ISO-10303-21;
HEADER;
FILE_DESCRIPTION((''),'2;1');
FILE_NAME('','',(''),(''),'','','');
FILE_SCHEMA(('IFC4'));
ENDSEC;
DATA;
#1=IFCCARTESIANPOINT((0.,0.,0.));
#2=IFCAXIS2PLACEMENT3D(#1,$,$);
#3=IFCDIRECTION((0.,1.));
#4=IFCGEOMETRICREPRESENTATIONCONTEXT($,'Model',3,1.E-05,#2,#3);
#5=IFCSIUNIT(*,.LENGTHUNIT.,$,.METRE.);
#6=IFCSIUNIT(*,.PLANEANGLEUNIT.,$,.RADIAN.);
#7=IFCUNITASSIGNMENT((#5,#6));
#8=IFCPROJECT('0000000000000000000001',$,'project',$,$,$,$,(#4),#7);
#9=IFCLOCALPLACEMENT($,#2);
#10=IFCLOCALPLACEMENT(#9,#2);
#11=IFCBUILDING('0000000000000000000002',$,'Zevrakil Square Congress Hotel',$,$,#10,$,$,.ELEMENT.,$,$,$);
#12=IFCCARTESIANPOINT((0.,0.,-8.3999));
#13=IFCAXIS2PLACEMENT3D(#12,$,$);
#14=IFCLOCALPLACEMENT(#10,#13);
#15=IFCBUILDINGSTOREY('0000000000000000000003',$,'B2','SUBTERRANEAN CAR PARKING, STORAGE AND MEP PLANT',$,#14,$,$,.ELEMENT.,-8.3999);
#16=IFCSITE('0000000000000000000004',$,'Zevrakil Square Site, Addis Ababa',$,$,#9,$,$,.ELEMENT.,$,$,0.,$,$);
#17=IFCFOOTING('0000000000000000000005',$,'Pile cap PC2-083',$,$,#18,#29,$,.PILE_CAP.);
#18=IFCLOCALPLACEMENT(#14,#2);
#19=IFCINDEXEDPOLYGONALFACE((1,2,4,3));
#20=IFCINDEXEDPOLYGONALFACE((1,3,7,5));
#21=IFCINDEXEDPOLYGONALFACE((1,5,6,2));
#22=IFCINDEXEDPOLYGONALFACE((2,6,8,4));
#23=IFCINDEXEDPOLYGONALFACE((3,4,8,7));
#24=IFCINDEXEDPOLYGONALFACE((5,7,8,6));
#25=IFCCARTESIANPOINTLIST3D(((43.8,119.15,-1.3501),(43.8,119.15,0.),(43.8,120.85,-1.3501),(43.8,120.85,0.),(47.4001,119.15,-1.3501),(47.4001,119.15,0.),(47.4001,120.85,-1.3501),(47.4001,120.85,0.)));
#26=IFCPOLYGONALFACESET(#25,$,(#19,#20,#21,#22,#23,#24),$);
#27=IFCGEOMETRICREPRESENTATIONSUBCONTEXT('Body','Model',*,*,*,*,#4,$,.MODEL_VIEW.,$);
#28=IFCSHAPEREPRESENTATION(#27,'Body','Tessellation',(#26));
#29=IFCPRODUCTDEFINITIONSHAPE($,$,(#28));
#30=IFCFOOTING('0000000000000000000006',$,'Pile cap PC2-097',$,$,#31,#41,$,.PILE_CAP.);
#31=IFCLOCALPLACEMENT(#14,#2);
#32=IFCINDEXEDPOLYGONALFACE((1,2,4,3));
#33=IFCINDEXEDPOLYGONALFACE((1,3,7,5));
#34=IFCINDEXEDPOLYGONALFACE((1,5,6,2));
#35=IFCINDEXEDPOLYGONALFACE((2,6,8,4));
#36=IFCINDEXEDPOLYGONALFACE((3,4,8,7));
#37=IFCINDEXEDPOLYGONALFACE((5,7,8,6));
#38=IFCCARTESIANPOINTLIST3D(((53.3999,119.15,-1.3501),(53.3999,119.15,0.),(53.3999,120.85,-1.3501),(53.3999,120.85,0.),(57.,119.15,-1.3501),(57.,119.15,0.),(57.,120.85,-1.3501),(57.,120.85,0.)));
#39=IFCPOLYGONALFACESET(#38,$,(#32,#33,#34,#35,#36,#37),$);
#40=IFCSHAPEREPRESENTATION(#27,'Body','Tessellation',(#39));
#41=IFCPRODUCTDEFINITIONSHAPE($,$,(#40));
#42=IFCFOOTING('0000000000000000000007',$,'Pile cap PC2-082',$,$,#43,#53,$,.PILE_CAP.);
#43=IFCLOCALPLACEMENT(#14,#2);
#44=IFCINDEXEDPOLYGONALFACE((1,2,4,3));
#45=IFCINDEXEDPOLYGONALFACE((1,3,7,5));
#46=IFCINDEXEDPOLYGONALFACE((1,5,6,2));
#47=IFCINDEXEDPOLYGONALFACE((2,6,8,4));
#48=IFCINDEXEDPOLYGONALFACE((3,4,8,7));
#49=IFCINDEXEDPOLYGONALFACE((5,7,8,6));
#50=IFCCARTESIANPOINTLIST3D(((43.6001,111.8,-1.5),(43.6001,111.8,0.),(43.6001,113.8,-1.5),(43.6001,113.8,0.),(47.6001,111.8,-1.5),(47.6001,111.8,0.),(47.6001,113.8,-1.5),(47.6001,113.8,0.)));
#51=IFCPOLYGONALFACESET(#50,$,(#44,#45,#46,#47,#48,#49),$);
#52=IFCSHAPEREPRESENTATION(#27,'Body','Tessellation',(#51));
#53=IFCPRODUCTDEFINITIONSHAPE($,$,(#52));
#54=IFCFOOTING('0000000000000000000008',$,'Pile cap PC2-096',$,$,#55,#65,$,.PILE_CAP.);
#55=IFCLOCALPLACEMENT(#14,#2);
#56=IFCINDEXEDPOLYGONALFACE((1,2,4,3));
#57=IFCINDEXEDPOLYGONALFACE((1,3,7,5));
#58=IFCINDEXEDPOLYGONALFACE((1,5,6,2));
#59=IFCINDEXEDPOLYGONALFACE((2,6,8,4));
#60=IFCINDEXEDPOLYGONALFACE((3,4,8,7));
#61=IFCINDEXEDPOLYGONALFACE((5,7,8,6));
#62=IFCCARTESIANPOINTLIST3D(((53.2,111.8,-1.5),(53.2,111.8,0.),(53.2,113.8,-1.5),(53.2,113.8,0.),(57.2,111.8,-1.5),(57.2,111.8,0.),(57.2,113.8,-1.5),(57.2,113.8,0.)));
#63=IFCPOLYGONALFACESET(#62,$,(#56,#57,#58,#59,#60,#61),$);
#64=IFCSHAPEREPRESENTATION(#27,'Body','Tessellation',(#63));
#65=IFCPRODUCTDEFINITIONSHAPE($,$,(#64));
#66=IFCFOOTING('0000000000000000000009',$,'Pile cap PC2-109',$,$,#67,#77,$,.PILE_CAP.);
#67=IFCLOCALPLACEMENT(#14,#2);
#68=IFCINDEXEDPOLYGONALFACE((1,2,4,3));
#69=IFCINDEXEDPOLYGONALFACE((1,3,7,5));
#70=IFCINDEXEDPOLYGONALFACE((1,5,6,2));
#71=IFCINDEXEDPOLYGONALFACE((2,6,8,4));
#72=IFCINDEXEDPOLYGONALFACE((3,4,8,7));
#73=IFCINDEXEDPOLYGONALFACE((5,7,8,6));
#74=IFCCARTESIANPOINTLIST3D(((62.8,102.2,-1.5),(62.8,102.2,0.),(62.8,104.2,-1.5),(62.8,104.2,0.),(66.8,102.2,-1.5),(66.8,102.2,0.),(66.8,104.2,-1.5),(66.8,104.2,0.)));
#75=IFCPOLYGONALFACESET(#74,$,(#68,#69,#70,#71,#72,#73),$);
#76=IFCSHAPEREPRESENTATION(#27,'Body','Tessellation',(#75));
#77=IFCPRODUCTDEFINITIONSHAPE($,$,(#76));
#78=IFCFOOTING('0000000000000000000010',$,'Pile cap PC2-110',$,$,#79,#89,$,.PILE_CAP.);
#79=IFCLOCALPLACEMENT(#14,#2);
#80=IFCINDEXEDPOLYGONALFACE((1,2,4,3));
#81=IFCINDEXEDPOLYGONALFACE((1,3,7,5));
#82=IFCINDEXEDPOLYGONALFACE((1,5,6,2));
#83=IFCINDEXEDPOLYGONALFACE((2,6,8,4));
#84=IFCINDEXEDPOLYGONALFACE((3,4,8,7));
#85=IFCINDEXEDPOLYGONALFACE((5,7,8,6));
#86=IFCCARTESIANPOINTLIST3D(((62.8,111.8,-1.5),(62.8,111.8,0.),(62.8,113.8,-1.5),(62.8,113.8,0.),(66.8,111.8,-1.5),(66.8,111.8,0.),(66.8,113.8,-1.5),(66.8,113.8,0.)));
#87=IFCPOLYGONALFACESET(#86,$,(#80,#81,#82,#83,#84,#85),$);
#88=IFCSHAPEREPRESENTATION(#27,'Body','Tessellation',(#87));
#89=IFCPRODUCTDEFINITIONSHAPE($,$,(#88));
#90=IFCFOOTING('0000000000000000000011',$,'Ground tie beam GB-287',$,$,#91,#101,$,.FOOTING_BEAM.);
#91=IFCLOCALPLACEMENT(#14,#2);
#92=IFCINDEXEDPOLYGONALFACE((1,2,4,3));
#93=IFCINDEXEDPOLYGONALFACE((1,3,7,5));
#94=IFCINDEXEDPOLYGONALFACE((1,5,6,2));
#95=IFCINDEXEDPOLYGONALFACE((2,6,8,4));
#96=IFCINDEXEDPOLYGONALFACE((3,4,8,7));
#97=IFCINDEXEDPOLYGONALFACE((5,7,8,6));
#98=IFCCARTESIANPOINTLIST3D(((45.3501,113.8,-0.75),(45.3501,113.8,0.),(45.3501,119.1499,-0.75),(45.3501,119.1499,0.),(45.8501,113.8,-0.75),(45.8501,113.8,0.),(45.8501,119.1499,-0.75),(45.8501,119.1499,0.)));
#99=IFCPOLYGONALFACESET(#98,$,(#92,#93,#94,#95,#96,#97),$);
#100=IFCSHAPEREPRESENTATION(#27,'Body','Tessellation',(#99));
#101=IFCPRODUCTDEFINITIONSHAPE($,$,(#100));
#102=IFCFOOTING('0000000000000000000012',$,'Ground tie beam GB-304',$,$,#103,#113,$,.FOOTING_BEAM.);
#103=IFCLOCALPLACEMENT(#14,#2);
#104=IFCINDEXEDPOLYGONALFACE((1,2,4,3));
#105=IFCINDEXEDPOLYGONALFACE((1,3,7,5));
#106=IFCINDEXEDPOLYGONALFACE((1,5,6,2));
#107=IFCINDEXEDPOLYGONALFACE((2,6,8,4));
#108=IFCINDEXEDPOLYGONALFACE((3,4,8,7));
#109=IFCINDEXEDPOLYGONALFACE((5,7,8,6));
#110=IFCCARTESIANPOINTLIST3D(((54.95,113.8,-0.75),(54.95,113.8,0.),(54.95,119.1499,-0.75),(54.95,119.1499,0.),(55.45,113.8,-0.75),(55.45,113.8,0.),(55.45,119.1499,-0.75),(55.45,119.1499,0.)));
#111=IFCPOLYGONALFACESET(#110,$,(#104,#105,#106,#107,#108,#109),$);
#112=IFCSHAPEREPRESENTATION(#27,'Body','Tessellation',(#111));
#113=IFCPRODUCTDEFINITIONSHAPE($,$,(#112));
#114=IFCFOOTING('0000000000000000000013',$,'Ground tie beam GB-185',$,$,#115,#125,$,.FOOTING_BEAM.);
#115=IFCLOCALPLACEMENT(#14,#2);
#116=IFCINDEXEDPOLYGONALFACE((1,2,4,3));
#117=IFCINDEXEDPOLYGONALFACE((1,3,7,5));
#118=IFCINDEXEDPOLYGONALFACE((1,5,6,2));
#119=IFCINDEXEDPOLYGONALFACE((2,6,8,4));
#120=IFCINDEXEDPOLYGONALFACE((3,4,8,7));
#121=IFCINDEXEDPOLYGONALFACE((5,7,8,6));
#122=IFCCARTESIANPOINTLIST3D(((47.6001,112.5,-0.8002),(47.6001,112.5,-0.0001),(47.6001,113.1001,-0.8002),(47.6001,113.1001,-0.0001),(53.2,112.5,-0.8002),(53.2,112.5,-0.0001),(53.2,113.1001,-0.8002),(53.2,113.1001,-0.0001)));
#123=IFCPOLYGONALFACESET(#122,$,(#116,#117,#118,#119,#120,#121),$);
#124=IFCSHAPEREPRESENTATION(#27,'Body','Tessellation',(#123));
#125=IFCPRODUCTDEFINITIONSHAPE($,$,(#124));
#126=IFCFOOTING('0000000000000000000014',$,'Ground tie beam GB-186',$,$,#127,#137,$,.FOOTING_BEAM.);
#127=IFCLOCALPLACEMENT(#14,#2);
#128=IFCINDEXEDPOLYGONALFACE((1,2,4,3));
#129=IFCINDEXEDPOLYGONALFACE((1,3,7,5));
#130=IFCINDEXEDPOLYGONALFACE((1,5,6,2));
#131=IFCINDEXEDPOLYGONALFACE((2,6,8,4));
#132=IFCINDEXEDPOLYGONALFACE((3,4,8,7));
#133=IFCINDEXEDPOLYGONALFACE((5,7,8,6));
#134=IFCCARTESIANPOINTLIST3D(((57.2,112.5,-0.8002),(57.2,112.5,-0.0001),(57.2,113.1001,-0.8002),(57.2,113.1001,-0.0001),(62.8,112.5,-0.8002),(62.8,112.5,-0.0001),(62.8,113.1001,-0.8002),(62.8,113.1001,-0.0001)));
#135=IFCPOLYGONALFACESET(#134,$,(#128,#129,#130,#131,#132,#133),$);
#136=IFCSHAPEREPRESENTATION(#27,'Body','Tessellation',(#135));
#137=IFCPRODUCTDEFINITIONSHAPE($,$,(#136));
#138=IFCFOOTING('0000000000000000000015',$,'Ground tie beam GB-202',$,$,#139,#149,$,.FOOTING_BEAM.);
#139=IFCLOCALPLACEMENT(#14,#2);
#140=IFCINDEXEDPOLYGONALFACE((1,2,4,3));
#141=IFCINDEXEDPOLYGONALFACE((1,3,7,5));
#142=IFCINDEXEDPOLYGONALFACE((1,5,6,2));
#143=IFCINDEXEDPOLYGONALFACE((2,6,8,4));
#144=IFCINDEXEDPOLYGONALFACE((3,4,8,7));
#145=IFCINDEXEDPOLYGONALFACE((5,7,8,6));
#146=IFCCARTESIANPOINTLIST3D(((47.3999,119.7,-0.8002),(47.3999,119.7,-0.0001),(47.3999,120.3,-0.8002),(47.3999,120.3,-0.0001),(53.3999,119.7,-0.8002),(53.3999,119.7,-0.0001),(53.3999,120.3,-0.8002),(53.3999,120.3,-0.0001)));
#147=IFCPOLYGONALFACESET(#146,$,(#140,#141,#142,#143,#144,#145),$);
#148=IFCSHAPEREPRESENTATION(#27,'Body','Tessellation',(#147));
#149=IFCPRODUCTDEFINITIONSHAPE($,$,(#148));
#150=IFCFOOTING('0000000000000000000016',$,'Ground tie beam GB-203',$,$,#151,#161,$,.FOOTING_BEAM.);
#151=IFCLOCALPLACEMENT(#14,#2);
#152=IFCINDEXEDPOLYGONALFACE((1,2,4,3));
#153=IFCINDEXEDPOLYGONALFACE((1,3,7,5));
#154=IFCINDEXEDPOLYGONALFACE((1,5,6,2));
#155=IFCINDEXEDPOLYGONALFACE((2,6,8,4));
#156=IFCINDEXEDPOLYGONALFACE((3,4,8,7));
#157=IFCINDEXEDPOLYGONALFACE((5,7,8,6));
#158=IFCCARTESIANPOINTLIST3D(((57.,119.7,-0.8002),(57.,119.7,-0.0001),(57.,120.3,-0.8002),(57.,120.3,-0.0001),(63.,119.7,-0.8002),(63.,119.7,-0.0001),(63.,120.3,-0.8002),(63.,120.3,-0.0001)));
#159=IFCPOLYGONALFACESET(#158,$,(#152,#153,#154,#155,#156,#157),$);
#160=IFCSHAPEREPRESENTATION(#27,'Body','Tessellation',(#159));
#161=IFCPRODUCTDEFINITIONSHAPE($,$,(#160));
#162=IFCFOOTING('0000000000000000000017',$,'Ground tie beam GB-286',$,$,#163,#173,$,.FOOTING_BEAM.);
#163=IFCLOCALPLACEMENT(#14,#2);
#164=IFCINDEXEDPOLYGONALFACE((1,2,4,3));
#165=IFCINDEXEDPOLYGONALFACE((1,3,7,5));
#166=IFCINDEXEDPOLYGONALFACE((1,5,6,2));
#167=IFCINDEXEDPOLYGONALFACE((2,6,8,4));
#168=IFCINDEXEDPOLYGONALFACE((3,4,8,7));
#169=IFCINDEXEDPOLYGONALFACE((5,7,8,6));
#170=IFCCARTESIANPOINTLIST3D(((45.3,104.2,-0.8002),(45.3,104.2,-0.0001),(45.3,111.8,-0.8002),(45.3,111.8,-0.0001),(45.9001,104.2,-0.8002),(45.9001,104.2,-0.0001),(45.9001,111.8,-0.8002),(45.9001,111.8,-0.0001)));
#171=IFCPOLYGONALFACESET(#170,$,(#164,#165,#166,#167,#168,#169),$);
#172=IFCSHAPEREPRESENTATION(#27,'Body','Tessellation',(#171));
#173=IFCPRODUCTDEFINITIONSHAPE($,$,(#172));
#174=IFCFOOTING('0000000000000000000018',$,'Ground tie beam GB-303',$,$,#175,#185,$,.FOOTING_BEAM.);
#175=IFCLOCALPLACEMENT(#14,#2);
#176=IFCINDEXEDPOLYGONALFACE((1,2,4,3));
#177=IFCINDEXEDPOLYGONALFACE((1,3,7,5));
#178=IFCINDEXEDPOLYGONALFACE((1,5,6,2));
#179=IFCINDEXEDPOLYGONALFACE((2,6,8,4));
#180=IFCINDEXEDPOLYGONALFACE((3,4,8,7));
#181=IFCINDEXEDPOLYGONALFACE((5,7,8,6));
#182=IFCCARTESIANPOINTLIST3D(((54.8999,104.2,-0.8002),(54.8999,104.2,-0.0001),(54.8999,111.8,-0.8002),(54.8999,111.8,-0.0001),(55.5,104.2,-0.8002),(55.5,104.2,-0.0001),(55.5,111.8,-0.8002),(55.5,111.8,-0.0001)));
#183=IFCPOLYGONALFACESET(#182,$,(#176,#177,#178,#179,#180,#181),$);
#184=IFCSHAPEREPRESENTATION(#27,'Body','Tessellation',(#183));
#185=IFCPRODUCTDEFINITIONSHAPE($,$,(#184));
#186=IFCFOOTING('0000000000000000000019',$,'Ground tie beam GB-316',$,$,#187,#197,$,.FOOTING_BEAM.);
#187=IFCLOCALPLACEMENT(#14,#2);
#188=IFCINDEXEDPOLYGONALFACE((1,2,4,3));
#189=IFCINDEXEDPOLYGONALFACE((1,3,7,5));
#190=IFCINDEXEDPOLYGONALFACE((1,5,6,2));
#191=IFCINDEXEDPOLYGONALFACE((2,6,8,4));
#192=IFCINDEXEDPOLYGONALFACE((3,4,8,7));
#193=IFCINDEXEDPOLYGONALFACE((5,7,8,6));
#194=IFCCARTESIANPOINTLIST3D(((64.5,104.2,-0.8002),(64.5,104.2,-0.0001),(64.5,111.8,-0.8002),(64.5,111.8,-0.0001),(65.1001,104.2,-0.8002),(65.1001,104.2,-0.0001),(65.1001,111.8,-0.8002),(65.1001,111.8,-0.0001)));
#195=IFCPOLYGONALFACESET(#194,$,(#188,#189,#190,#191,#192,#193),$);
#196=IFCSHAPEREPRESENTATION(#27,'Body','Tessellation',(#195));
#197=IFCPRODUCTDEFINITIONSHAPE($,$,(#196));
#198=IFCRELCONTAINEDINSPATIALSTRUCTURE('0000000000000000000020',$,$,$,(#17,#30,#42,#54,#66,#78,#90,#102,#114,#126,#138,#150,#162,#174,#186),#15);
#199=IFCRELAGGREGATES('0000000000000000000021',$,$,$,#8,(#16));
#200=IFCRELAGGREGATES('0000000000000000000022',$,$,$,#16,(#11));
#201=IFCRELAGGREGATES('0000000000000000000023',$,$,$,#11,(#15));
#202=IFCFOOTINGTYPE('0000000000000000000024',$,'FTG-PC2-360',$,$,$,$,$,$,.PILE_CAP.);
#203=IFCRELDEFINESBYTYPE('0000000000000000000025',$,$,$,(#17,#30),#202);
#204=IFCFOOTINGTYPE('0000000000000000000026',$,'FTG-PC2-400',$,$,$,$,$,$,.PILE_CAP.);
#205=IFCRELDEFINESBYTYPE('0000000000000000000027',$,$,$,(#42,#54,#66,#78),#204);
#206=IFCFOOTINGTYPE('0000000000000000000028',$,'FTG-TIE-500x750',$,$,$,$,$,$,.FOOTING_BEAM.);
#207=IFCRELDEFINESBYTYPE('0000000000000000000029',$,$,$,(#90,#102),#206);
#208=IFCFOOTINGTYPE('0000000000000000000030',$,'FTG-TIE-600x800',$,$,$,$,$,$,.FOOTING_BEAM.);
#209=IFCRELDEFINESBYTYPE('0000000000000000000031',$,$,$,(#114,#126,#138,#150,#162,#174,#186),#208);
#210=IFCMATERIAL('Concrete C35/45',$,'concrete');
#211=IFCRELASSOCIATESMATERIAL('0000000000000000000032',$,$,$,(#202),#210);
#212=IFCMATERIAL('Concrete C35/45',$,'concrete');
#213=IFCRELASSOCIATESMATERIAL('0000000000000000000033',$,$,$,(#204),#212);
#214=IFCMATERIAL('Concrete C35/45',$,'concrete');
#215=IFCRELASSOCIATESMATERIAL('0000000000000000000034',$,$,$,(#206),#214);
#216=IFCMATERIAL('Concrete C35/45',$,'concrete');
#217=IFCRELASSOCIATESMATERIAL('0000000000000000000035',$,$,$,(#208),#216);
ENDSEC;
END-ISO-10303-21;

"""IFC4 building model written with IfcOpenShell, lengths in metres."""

from ifc_helpers import new_model, si_unit, direction, frame, origin, origin_2d, place, context, subcontext, project, spatial, rectangle, extrude, material, material_profile, profile_set, type_object, element, save


model = new_model("IFC4")

# Units and contexts
model_context = context("Model", 3, precision=1e-05, world=origin(), true_north=direction((0.0, 1.0)))
body_context = subcontext(model_context, "Body", "Model", "MODEL_VIEW")
ifc_project = project(units=[si_unit("LENGTHUNIT", "METRE"), si_unit("PLANEANGLEUNIT", "RADIAN")], contexts=[model_context])

# Site, building, storey
site_placement = place(None, origin())
site = spatial("IfcSite", under=ifc_project, at=site_placement, Name="Zevrakil Square Site, Addis Ababa", CompositionType="ELEMENT", RefElevation=0.0)
building_placement = place(site_placement, origin())
building = spatial("IfcBuilding", under=site, at=building_placement, Name="Zevrakil Square Congress Hotel", CompositionType="ELEMENT")
storey_placement = place(building_placement, frame((0.0, 0.0, -8.3999)))
storey = spatial("IfcBuildingStorey", under=building, at=storey_placement, Name="B2", Description="SUBTERRANEAN CAR PARKING, STORAGE AND MEP PLANT", CompositionType="ELEMENT", Elevation=-8.3999)

# Footings
ifc_material_1 = material(Name="Concrete C35/45", Category="concrete")
footing_type_1 = type_object("IfcFootingType", Name="FTG-PC2-360", PredefinedType="PILE_CAP", material=ifc_material_1)
for number, where, z_axis, x_axis, name in (
    (1, (45.6001, 120.0, -1.3501), (0.0, 0.0, 1.0), (1.0, 0.0, 0.0), "Pile cap PC2-083"),
    (2, (55.2, 120.0, -1.3501), (0.0, 0.0, 1.0), (1.0, 0.0, 0.0), "Pile cap PC2-097"),
):
    element("IfcFooting", number, at=place(storey_placement, frame(where, z_axis=z_axis, x_axis=x_axis)), inside=storey, type_object=footing_type_1, Name=name, PredefinedType="PILE_CAP", context=body_context, shape_type="SweptSolid", body=[
        extrude(rectangle(XDim=3.6001, YDim=1.7, at=origin_2d()), origin(), (0.0, 0.0, 1.0), 1.3501),
    ])
ifc_material_2 = material(Name="Concrete C35/45", Category="concrete")
footing_type_2 = type_object("IfcFootingType", Name="FTG-PC2-400", PredefinedType="PILE_CAP", material=ifc_material_2)
for number, where, z_axis, x_axis, name in (
    (3, (45.6001, 112.8, -1.5), (0.0, 0.0, 1.0), (1.0, 0.0, 0.0), "Pile cap PC2-082"),
    (4, (55.2, 112.8, -1.5), (0.0, 0.0, 1.0), (1.0, 0.0, 0.0), "Pile cap PC2-096"),
    (5, (64.8, 103.2, -1.5), (0.0, 0.0, 1.0), (1.0, 0.0, 0.0), "Pile cap PC2-109"),
    (6, (64.8, 112.8, -1.5), (0.0, 0.0, 1.0), (1.0, 0.0, 0.0), "Pile cap PC2-110"),
):
    element("IfcFooting", number, at=place(storey_placement, frame(where, z_axis=z_axis, x_axis=x_axis)), inside=storey, type_object=footing_type_2, Name=name, PredefinedType="PILE_CAP", context=body_context, shape_type="SweptSolid", body=[
        extrude(rectangle(XDim=4.0, YDim=2.0, at=origin_2d()), origin(), (0.0, 0.0, 1.0), 1.5),
    ])
ifc_material_3 = material(Name="Concrete C35/45", Category="concrete")
ifc_material_profile_1 = material_profile(ifc_material_3, rectangle(XDim=0.5, YDim=0.75, at=origin_2d()), Name="RC 500x750")
ifc_profile_set_1 = profile_set([ifc_material_profile_1], Name="Concrete C35/45")
footing_type_3 = type_object("IfcFootingType", Name="FTG-TIE-500x750", PredefinedType="FOOTING_BEAM", material=ifc_profile_set_1)
for number, where, z_axis, x_axis, name in (
    (7, (45.6001, 113.8, -0.375), (0.0, 1.0, 0.0), (-1.0, 0.0, 0.0), "Ground tie beam GB-287"),
    (8, (55.2, 113.8, -0.375), (0.0, 1.0, 0.0), (-1.0, 0.0, 0.0), "Ground tie beam GB-304"),
):
    element("IfcFooting", number, at=place(storey_placement, frame(where, z_axis=z_axis, x_axis=x_axis)), inside=storey, type_object=footing_type_3, Name=name, PredefinedType="FOOTING_BEAM", context=body_context, shape_type="SweptSolid", body=[
        extrude(rectangle(XDim=0.5, YDim=0.75, at=origin_2d()), origin(), (0.0, 0.0, 1.0), 5.3499),
    ])
ifc_material_4 = material(Name="Concrete C35/45", Category="concrete")
ifc_material_profile_2 = material_profile(ifc_material_4, rectangle(XDim=0.6001, YDim=0.8, at=origin_2d()), Name="RC 600x800")
ifc_profile_set_2 = profile_set([ifc_material_profile_2], Name="Concrete C35/45")
footing_type_4 = type_object("IfcFootingType", Name="FTG-TIE-600x800", PredefinedType="FOOTING_BEAM", material=ifc_profile_set_2)
footing_1_placement = place(storey_placement, frame((47.6001, 112.8, -0.4001), z_axis=(1.0, 0.0, 0.0), x_axis=(0.0, 1.0, 0.0)))
element("IfcFooting", 9, at=footing_1_placement, inside=storey, type_object=footing_type_4, Name="Ground tie beam GB-185", PredefinedType="FOOTING_BEAM", context=body_context, shape_type="SweptSolid", body=[
    extrude(rectangle(XDim=0.6001, YDim=0.8, at=origin_2d()), origin(), (0.0, 0.0, 1.0), 5.5999),
])
footing_2_placement = place(storey_placement, frame((57.2, 112.8, -0.4001), z_axis=(1.0, 0.0, 0.0), x_axis=(0.0, 1.0, 0.0)))
element("IfcFooting", 10, at=footing_2_placement, inside=storey, type_object=footing_type_4, Name="Ground tie beam GB-186", PredefinedType="FOOTING_BEAM", context=body_context, shape_type="SweptSolid", body=[
    extrude(rectangle(XDim=0.6001, YDim=0.8, at=origin_2d()), origin(), (0.0, 0.0, 1.0), 5.6001),
])
for number, where, z_axis, x_axis, name in (
    (11, (47.3999, 120.0, -0.4001), (1.0, 0.0, 0.0), (0.0, 1.0, 0.0), "Ground tie beam GB-202"),
    (12, (57.0, 120.0, -0.4001), (1.0, 0.0, 0.0), (0.0, 1.0, 0.0), "Ground tie beam GB-203"),
):
    element("IfcFooting", number, at=place(storey_placement, frame(where, z_axis=z_axis, x_axis=x_axis)), inside=storey, type_object=footing_type_4, Name=name, PredefinedType="FOOTING_BEAM", context=body_context, shape_type="SweptSolid", body=[
        extrude(rectangle(XDim=0.6001, YDim=0.8, at=origin_2d()), origin(), (0.0, 0.0, 1.0), 6.0),
    ])
for number, where, z_axis, x_axis, name in (
    (13, (45.6001, 104.2, -0.4001), (0.0, 1.0, 0.0), (-1.0, 0.0, 0.0), "Ground tie beam GB-286"),
    (14, (55.2, 104.2, -0.4001), (0.0, 1.0, 0.0), (-1.0, 0.0, 0.0), "Ground tie beam GB-303"),
    (15, (64.8, 104.2, -0.4001), (0.0, 1.0, 0.0), (-1.0, 0.0, 0.0), "Ground tie beam GB-316"),
):
    element("IfcFooting", number, at=place(storey_placement, frame(where, z_axis=z_axis, x_axis=x_axis)), inside=storey, type_object=footing_type_4, Name=name, PredefinedType="FOOTING_BEAM", context=body_context, shape_type="SweptSolid", body=[
        extrude(rectangle(XDim=0.6001, YDim=0.8, at=origin_2d()), origin(), (0.0, 0.0, 1.0), 7.6001),
    ])

save(model, "model.ifc")
